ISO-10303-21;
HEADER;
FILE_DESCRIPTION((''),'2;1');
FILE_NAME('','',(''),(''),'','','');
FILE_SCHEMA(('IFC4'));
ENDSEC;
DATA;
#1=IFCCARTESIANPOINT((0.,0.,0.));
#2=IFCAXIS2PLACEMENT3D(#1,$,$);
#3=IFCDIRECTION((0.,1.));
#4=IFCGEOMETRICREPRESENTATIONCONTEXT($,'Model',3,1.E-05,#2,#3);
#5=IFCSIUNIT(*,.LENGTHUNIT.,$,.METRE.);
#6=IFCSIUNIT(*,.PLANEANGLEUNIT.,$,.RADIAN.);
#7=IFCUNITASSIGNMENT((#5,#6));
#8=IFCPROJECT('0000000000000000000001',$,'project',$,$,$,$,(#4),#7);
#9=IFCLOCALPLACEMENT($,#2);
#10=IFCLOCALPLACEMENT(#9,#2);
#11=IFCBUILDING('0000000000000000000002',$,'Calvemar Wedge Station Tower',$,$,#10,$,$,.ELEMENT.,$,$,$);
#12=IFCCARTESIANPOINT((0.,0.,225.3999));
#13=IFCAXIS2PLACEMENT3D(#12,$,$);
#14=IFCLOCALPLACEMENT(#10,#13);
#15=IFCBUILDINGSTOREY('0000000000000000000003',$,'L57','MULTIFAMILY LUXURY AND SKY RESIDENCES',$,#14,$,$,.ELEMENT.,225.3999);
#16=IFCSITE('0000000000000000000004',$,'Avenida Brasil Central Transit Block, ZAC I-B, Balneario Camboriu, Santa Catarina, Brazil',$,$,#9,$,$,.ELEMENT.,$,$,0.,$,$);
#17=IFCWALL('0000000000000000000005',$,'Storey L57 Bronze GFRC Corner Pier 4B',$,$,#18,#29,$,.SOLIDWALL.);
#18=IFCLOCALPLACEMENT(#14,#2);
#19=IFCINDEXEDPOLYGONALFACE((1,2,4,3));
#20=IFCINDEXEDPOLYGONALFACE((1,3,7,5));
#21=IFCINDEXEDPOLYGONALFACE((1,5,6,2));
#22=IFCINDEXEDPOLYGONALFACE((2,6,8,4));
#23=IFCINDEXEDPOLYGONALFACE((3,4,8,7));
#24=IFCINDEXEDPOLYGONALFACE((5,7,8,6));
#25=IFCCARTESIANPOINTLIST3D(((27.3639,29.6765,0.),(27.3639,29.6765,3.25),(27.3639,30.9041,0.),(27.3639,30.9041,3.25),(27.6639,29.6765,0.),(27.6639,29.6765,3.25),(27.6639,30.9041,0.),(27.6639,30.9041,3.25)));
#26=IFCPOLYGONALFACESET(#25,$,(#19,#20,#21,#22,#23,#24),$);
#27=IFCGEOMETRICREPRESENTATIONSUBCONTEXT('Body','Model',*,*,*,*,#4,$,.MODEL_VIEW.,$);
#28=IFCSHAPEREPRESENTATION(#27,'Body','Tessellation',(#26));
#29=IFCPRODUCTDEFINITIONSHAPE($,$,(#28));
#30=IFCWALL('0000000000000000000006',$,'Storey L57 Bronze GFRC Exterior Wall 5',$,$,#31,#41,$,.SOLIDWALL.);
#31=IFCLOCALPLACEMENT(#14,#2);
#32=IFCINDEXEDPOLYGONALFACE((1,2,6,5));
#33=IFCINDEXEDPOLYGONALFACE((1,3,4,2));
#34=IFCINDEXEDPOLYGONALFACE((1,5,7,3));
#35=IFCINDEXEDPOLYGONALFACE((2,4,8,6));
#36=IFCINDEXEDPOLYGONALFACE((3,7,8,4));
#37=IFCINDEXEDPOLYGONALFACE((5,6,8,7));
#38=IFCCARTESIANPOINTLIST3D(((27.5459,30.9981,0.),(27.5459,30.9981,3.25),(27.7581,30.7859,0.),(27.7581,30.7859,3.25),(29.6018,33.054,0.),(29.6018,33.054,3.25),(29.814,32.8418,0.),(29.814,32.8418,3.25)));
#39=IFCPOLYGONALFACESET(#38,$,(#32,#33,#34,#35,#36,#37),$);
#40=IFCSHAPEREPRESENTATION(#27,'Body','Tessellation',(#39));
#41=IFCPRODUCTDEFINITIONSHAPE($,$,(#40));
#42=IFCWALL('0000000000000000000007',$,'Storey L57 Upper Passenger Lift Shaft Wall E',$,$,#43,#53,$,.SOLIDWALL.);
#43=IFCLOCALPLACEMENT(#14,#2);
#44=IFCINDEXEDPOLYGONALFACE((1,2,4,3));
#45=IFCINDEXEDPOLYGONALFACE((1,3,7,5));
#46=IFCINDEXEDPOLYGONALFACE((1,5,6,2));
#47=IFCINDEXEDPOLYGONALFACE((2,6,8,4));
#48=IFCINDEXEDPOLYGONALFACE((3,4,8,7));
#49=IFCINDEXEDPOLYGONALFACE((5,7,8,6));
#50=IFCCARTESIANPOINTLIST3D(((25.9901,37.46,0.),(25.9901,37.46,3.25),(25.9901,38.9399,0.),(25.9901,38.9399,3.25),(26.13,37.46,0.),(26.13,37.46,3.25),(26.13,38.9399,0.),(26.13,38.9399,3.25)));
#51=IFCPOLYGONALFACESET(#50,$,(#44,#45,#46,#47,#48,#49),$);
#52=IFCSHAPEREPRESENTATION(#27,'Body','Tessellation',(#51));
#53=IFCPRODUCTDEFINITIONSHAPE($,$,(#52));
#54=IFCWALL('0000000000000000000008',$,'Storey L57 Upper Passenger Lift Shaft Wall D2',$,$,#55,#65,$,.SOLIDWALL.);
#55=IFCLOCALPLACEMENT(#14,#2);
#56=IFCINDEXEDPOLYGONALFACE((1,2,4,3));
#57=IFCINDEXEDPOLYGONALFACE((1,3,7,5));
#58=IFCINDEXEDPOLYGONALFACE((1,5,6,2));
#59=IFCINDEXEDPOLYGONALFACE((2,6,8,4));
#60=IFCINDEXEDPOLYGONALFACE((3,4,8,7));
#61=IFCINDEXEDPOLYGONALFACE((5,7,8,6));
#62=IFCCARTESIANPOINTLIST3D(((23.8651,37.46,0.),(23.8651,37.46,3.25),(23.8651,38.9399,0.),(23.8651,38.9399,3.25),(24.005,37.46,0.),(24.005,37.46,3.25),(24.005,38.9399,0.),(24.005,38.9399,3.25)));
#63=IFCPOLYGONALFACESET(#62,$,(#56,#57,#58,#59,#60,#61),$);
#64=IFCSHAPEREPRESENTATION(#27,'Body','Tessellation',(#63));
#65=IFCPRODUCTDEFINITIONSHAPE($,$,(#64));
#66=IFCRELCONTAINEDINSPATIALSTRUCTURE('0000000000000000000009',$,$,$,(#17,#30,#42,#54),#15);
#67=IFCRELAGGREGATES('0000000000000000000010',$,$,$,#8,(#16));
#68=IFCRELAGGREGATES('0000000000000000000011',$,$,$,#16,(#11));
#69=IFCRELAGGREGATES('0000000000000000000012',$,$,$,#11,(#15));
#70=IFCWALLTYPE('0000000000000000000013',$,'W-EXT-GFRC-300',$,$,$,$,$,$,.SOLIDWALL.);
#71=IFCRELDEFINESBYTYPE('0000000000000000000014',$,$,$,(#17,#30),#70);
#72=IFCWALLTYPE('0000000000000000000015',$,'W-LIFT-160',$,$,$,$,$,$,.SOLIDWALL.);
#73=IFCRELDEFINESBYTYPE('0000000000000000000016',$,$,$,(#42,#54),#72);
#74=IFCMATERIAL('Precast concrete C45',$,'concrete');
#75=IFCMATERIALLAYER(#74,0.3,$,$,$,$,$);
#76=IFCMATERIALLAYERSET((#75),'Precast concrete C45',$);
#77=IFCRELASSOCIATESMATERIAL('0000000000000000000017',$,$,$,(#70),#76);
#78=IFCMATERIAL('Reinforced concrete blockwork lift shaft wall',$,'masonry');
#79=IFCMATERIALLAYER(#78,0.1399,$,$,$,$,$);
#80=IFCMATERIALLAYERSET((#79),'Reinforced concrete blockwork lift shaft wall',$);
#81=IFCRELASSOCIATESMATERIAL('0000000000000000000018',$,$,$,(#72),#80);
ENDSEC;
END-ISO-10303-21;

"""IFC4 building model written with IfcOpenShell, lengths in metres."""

from ifc_helpers import new_model, si_unit, direction, frame, frame_2d, origin, place, context, subcontext, project, spatial, rectangle, extrude, material, layer, layer_set, type_object, element, save


model = new_model("IFC4")

# Units and contexts
model_context = context("Model", 3, precision=1e-05, world=origin(), true_north=direction((0.0, 1.0)))
body_context = subcontext(model_context, "Body", "Model", "MODEL_VIEW")
ifc_project = project(units=[si_unit("LENGTHUNIT", "METRE"), si_unit("PLANEANGLEUNIT", "RADIAN")], contexts=[model_context])

# Site, building, storey
site_placement = place(None, origin())
site = spatial("IfcSite", under=ifc_project, at=site_placement, Name="Avenida Brasil Central Transit Block, ZAC I-B, Balneario Camboriu, Santa Catarina, Brazil", CompositionType="ELEMENT", RefElevation=0.0)
building_placement = place(site_placement, origin())
building = spatial("IfcBuilding", under=site, at=building_placement, Name="Calvemar Wedge Station Tower", CompositionType="ELEMENT")
storey_placement = place(building_placement, frame((0.0, 0.0, 225.3999)))
storey = spatial("IfcBuildingStorey", under=building, at=storey_placement, Name="L57", Description="MULTIFAMILY LUXURY AND SKY RESIDENCES", CompositionType="ELEMENT", Elevation=225.3999)

# Walls
ifc_material_1 = material(Name="Precast concrete C45", Category="concrete")
ifc_layer_1 = layer(ifc_material_1, 0.3)
ifc_layer_set_1 = layer_set([ifc_layer_1], Name="Precast concrete C45")
wall_type_1 = type_object("IfcWallType", Name="W-EXT-GFRC-300", PredefinedType="SOLIDWALL", material=ifc_layer_set_1)
wall_1_placement = place(storey_placement, frame((27.5139, 29.6765, 0.0), z_axis=(0.0, 0.0, 1.0), x_axis=(0.0, 1.0, 0.0)))
element("IfcWall", 1, at=wall_1_placement, inside=storey, type_object=wall_type_1, Name="Storey L57 Bronze GFRC Corner Pier 4B", PredefinedType="SOLIDWALL", context=body_context, shape_type="SweptSolid", body=[
    extrude(rectangle(XDim=1.2275, YDim=0.3, at=frame_2d((0.6138, 0.0))), origin(), (0.0, 0.0, 1.0), 3.25),
])
wall_2_placement = place(storey_placement, frame((27.6521, 30.8921, 0.0), z_axis=(0.0, 0.0, 1.0), x_axis=(0.707107, 0.707107, 0.0)))
element("IfcWall", 2, at=wall_2_placement, inside=storey, type_object=wall_type_1, Name="Storey L57 Bronze GFRC Exterior Wall 5", PredefinedType="SOLIDWALL", context=body_context, shape_type="SweptSolid", body=[
    extrude(rectangle(XDim=2.9075, YDim=0.3, at=frame_2d((1.4536, 0.0))), origin(), (0.0, 0.0, 1.0), 3.25),
])
ifc_material_2 = material(Name="Reinforced concrete blockwork lift shaft wall", Category="masonry")
ifc_layer_2 = layer(ifc_material_2, 0.1399)
ifc_layer_set_2 = layer_set([ifc_layer_2], Name="Reinforced concrete blockwork lift shaft wall")
wall_type_2 = type_object("IfcWallType", Name="W-LIFT-160", PredefinedType="SOLIDWALL", material=ifc_layer_set_2)
for number, where, z_axis, x_axis, name in (
    (3, (26.0601, 37.46, 0.0), (0.0, 0.0, 1.0), (0.0, 1.0, 0.0), "Storey L57 Upper Passenger Lift Shaft Wall E"),
    (4, (23.9351, 37.46, 0.0), (0.0, 0.0, 1.0), (0.0, 1.0, 0.0), "Storey L57 Upper Passenger Lift Shaft Wall D2"),
):
    element("IfcWall", number, at=place(storey_placement, frame(where, z_axis=z_axis, x_axis=x_axis)), inside=storey, type_object=wall_type_2, Name=name, PredefinedType="SOLIDWALL", context=body_context, shape_type="SweptSolid", body=[
        extrude(rectangle(XDim=1.48, YDim=0.1399, at=frame_2d((0.74, 0.0))), origin(), (0.0, 0.0, 1.0), 3.25),
    ])

save(model, "model.ifc")
